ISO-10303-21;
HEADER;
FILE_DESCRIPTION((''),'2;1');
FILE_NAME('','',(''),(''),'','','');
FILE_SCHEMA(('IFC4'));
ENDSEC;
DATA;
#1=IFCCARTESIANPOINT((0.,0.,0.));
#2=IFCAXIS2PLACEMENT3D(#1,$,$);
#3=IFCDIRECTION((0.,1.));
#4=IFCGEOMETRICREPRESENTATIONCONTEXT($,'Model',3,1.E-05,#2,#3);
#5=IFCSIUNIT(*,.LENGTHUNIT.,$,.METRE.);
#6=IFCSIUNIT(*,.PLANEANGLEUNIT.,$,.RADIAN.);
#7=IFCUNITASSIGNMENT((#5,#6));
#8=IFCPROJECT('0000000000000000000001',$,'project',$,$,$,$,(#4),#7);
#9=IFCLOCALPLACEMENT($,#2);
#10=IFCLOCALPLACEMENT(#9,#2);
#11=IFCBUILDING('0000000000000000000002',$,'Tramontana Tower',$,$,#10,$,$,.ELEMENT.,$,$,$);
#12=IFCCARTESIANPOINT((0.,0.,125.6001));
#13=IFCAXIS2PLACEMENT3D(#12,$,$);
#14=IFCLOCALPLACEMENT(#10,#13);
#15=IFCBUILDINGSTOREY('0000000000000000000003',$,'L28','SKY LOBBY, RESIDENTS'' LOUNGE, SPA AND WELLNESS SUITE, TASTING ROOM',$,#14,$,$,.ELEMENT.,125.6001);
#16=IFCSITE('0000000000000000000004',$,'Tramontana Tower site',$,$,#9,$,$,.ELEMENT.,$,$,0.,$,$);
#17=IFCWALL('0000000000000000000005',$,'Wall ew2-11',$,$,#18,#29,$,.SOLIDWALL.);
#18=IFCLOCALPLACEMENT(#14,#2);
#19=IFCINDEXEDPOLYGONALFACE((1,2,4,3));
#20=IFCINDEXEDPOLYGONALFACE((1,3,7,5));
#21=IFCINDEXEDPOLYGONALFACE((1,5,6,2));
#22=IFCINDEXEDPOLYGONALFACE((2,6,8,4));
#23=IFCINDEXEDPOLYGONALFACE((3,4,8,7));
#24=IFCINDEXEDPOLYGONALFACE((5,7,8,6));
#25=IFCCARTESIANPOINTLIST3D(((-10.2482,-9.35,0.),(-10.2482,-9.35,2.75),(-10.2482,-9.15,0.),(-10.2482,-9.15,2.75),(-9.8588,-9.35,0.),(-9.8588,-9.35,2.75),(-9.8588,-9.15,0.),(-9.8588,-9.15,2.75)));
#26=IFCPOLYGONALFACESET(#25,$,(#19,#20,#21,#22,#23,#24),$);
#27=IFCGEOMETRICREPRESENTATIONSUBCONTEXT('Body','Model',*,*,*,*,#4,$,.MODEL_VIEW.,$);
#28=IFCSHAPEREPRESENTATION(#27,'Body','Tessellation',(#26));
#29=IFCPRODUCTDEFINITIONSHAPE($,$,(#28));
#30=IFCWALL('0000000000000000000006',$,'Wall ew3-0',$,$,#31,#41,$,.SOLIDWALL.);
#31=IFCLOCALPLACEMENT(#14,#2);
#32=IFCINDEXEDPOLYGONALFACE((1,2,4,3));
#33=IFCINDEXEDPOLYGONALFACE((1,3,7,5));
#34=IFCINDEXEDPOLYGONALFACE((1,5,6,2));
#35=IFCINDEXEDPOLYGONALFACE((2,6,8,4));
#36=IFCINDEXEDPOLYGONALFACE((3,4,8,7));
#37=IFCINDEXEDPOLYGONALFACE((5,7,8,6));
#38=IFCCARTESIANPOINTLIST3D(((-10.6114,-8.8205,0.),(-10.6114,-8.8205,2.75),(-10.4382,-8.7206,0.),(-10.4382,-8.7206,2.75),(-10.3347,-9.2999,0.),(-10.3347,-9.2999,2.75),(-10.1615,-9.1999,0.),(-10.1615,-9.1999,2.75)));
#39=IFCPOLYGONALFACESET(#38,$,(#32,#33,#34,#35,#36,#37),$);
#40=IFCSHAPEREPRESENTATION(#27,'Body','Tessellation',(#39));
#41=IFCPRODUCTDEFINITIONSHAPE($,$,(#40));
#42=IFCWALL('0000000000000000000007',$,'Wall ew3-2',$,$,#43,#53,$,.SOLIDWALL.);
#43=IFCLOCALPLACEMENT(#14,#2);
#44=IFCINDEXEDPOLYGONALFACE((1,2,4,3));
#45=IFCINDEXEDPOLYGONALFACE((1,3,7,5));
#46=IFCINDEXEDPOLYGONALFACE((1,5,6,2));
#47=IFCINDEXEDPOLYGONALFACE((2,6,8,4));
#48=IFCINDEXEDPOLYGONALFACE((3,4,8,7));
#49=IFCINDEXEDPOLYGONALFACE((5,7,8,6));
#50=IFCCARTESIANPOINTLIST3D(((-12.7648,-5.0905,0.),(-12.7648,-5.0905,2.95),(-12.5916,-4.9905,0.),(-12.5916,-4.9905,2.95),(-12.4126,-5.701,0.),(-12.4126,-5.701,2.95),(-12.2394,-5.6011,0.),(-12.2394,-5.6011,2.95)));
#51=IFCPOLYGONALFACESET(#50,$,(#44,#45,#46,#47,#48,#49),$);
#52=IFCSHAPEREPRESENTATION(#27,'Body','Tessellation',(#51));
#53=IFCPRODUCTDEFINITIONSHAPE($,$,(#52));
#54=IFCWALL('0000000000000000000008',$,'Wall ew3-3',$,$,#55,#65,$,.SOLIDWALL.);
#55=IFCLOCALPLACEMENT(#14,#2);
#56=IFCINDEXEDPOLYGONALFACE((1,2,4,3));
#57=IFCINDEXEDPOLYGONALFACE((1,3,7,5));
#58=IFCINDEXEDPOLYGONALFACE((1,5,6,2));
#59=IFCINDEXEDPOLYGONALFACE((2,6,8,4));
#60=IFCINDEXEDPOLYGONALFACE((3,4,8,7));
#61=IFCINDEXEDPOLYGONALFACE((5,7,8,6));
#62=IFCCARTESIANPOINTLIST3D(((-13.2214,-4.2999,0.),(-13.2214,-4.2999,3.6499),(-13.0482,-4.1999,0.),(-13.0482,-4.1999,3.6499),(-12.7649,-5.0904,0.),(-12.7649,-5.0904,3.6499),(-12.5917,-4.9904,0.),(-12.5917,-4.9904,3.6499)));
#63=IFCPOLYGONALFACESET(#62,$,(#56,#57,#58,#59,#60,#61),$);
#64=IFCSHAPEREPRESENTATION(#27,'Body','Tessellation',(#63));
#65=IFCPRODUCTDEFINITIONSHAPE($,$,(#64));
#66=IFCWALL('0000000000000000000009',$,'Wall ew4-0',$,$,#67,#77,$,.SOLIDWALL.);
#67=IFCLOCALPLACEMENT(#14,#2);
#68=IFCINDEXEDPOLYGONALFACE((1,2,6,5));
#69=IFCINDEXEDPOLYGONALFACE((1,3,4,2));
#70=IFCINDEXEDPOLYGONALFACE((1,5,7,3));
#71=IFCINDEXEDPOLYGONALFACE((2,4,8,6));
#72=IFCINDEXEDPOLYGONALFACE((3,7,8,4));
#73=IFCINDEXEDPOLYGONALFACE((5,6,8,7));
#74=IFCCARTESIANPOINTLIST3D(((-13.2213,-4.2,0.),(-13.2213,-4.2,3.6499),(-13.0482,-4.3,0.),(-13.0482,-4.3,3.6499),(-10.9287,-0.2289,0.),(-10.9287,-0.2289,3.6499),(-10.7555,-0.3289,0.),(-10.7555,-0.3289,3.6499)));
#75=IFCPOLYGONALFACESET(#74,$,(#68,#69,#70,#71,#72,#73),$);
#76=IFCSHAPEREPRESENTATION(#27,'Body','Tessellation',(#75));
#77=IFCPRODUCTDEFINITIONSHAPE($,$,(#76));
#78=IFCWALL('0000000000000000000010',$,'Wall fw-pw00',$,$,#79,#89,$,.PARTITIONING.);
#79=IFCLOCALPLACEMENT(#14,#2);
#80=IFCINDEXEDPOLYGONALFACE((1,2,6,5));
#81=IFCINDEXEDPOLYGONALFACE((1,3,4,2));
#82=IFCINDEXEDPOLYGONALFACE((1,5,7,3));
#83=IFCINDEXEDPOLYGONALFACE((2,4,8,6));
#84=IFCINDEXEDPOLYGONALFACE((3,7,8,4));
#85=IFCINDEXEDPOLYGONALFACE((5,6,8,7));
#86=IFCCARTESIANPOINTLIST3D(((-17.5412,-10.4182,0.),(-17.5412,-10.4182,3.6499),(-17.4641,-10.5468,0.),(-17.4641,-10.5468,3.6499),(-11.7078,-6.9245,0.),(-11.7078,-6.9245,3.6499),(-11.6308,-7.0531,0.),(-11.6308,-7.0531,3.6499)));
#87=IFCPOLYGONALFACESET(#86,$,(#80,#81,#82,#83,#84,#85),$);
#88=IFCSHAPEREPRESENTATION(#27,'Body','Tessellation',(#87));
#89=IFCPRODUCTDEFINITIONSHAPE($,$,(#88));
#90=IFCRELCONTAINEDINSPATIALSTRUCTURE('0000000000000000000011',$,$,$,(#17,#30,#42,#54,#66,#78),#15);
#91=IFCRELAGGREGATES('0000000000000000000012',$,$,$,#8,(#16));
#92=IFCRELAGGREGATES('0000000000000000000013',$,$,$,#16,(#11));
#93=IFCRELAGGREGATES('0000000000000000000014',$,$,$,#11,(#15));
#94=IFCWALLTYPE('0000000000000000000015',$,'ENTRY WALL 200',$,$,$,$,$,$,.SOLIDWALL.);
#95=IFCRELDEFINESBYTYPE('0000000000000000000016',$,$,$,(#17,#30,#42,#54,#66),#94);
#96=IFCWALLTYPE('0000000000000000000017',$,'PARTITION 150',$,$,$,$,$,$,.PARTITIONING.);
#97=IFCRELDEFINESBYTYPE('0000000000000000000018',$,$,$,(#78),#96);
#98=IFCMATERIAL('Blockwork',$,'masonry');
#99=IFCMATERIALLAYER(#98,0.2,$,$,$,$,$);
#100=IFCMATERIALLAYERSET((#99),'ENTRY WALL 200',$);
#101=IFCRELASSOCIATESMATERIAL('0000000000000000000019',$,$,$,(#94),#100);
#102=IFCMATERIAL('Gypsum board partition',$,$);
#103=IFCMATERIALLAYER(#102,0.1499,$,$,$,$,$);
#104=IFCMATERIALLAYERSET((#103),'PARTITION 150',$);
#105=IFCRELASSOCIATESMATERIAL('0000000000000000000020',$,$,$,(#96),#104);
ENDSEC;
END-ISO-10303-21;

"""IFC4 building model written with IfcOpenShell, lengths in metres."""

from ifc_helpers import new_model, si_unit, direction, frame, frame_2d, origin, place, context, subcontext, project, spatial, rectangle, extrude, material, layer, layer_set, type_object, element, save


model = new_model("IFC4")

# Units and contexts
model_context = context("Model", 3, precision=1e-05, world=origin(), true_north=direction((0.0, 1.0)))
body_context = subcontext(model_context, "Body", "Model", "MODEL_VIEW")
ifc_project = project(units=[si_unit("LENGTHUNIT", "METRE"), si_unit("PLANEANGLEUNIT", "RADIAN")], contexts=[model_context])

# Site, building, storey
site_placement = place(None, origin())
site = spatial("IfcSite", under=ifc_project, at=site_placement, Name="Tramontana Tower site", CompositionType="ELEMENT", RefElevation=0.0)
building_placement = place(site_placement, origin())
building = spatial("IfcBuilding", under=site, at=building_placement, Name="Tramontana Tower", CompositionType="ELEMENT")
storey_placement = place(building_placement, frame((0.0, 0.0, 125.6001)))
storey = spatial("IfcBuildingStorey", under=building, at=storey_placement, Name="L28", Description="SKY LOBBY, RESIDENTS' LOUNGE, SPA AND WELLNESS SUITE, TASTING ROOM", CompositionType="ELEMENT", Elevation=125.6001)

# Walls
ifc_material_1 = material(Name="Blockwork", Category="masonry")
ifc_layer_1 = layer(ifc_material_1, 0.2)
ifc_layer_set_1 = layer_set([ifc_layer_1], Name="ENTRY WALL 200")
wall_type_1 = type_object("IfcWallType", Name="ENTRY WALL 200", PredefinedType="SOLIDWALL", material=ifc_layer_set_1)
wall_1_placement = place(storey_placement, frame((-9.8586, -9.25, 0.0), z_axis=(0.0, 0.0, 1.0), x_axis=(-1.0, 0.0, 0.0)))
element("IfcWall", 1, at=wall_1_placement, inside=storey, type_object=wall_type_1, Name="Wall ew2-11", PredefinedType="SOLIDWALL", context=body_context, shape_type="SweptSolid", body=[
    extrude(rectangle(XDim=0.3894, YDim=0.2, at=frame_2d((0.1948, 0.0))), origin(), (0.0, 0.0, 1.0), 2.75),
])
wall_2_placement = place(storey_placement, frame((-10.248, -9.25, 0.0), z_axis=(0.0, 0.0, 1.0), x_axis=(-0.499888, 0.86609, 0.0)))
element("IfcWall", 2, at=wall_2_placement, inside=storey, type_object=wall_type_1, Name="Wall ew3-0", PredefinedType="SOLIDWALL", context=body_context, shape_type="SweptSolid", body=[
    extrude(rectangle(XDim=0.5535, YDim=0.2, at=frame_2d((0.2769, 0.0))), origin(), (0.0, 0.0, 1.0), 2.75),
])

# Walls
wall_3_placement = place(storey_placement, frame((-12.3259, -5.6511, 0.0), z_axis=(0.0, 0.0, 1.0), x_axis=(-0.499752, 0.866168, 0.0)))
element("IfcWall", 3, at=wall_3_placement, inside=storey, type_object=wall_type_1, Name="Wall ew3-2", PredefinedType="SOLIDWALL", context=body_context, shape_type="SweptSolid", body=[
    extrude(rectangle(XDim=0.7048, YDim=0.2, at=frame_2d((0.3525, 0.0))), origin(), (0.0, 0.0, 1.0), 2.95),
])
wall_4_placement = place(storey_placement, frame((-12.6782, -5.0405, 0.0), z_axis=(0.0, 0.0, 1.0), x_axis=(-0.500108, 0.865963, 0.0)))
element("IfcWall", 4, at=wall_4_placement, inside=storey, type_object=wall_type_1, Name="Wall ew3-3", PredefinedType="SOLIDWALL", context=body_context, shape_type="SweptSolid", body=[
    extrude(rectangle(XDim=0.9128, YDim=0.2, at=frame_2d((0.4565, 0.0))), origin(), (0.0, 0.0, 1.0), 3.6499),
])
wall_5_placement = place(storey_placement, frame((-13.1348, -4.25, 0.0), z_axis=(0.0, 0.0, 1.0), x_axis=(0.499993, 0.86603, 0.0)))
element("IfcWall", 5, at=wall_5_placement, inside=storey, type_object=wall_type_1, Name="Wall ew4-0", PredefinedType="SOLIDWALL", context=body_context, shape_type="SweptSolid", body=[
    extrude(rectangle(XDim=4.5854, YDim=0.2, at=frame_2d((2.2927, 0.0))), origin(), (0.0, 0.0, 1.0), 3.6499),
])

# Wall
ifc_material_2 = material(Name="Gypsum board partition")
ifc_layer_2 = layer(ifc_material_2, 0.1499)
ifc_layer_set_2 = layer_set([ifc_layer_2], Name="PARTITION 150")
wall_type_2 = type_object("IfcWallType", Name="PARTITION 150", PredefinedType="PARTITIONING", material=ifc_layer_set_2)
wall_6_placement = place(storey_placement, frame((-11.6692, -6.9888, 0.0), z_axis=(0.0, 0.0, 1.0), x_axis=(-0.857901, -0.513814, 0.0)))
element("IfcWall", 6, at=wall_6_placement, inside=storey, type_object=wall_type_2, Name="Wall fw-pw00", PredefinedType="PARTITIONING", context=body_context, shape_type="SweptSolid", body=[
    extrude(rectangle(XDim=6.7996, YDim=0.1499, at=frame_2d((3.3999, 0.0))), origin(), (0.0, 0.0, 1.0), 3.6499),
])

save(model, "model.ifc")
